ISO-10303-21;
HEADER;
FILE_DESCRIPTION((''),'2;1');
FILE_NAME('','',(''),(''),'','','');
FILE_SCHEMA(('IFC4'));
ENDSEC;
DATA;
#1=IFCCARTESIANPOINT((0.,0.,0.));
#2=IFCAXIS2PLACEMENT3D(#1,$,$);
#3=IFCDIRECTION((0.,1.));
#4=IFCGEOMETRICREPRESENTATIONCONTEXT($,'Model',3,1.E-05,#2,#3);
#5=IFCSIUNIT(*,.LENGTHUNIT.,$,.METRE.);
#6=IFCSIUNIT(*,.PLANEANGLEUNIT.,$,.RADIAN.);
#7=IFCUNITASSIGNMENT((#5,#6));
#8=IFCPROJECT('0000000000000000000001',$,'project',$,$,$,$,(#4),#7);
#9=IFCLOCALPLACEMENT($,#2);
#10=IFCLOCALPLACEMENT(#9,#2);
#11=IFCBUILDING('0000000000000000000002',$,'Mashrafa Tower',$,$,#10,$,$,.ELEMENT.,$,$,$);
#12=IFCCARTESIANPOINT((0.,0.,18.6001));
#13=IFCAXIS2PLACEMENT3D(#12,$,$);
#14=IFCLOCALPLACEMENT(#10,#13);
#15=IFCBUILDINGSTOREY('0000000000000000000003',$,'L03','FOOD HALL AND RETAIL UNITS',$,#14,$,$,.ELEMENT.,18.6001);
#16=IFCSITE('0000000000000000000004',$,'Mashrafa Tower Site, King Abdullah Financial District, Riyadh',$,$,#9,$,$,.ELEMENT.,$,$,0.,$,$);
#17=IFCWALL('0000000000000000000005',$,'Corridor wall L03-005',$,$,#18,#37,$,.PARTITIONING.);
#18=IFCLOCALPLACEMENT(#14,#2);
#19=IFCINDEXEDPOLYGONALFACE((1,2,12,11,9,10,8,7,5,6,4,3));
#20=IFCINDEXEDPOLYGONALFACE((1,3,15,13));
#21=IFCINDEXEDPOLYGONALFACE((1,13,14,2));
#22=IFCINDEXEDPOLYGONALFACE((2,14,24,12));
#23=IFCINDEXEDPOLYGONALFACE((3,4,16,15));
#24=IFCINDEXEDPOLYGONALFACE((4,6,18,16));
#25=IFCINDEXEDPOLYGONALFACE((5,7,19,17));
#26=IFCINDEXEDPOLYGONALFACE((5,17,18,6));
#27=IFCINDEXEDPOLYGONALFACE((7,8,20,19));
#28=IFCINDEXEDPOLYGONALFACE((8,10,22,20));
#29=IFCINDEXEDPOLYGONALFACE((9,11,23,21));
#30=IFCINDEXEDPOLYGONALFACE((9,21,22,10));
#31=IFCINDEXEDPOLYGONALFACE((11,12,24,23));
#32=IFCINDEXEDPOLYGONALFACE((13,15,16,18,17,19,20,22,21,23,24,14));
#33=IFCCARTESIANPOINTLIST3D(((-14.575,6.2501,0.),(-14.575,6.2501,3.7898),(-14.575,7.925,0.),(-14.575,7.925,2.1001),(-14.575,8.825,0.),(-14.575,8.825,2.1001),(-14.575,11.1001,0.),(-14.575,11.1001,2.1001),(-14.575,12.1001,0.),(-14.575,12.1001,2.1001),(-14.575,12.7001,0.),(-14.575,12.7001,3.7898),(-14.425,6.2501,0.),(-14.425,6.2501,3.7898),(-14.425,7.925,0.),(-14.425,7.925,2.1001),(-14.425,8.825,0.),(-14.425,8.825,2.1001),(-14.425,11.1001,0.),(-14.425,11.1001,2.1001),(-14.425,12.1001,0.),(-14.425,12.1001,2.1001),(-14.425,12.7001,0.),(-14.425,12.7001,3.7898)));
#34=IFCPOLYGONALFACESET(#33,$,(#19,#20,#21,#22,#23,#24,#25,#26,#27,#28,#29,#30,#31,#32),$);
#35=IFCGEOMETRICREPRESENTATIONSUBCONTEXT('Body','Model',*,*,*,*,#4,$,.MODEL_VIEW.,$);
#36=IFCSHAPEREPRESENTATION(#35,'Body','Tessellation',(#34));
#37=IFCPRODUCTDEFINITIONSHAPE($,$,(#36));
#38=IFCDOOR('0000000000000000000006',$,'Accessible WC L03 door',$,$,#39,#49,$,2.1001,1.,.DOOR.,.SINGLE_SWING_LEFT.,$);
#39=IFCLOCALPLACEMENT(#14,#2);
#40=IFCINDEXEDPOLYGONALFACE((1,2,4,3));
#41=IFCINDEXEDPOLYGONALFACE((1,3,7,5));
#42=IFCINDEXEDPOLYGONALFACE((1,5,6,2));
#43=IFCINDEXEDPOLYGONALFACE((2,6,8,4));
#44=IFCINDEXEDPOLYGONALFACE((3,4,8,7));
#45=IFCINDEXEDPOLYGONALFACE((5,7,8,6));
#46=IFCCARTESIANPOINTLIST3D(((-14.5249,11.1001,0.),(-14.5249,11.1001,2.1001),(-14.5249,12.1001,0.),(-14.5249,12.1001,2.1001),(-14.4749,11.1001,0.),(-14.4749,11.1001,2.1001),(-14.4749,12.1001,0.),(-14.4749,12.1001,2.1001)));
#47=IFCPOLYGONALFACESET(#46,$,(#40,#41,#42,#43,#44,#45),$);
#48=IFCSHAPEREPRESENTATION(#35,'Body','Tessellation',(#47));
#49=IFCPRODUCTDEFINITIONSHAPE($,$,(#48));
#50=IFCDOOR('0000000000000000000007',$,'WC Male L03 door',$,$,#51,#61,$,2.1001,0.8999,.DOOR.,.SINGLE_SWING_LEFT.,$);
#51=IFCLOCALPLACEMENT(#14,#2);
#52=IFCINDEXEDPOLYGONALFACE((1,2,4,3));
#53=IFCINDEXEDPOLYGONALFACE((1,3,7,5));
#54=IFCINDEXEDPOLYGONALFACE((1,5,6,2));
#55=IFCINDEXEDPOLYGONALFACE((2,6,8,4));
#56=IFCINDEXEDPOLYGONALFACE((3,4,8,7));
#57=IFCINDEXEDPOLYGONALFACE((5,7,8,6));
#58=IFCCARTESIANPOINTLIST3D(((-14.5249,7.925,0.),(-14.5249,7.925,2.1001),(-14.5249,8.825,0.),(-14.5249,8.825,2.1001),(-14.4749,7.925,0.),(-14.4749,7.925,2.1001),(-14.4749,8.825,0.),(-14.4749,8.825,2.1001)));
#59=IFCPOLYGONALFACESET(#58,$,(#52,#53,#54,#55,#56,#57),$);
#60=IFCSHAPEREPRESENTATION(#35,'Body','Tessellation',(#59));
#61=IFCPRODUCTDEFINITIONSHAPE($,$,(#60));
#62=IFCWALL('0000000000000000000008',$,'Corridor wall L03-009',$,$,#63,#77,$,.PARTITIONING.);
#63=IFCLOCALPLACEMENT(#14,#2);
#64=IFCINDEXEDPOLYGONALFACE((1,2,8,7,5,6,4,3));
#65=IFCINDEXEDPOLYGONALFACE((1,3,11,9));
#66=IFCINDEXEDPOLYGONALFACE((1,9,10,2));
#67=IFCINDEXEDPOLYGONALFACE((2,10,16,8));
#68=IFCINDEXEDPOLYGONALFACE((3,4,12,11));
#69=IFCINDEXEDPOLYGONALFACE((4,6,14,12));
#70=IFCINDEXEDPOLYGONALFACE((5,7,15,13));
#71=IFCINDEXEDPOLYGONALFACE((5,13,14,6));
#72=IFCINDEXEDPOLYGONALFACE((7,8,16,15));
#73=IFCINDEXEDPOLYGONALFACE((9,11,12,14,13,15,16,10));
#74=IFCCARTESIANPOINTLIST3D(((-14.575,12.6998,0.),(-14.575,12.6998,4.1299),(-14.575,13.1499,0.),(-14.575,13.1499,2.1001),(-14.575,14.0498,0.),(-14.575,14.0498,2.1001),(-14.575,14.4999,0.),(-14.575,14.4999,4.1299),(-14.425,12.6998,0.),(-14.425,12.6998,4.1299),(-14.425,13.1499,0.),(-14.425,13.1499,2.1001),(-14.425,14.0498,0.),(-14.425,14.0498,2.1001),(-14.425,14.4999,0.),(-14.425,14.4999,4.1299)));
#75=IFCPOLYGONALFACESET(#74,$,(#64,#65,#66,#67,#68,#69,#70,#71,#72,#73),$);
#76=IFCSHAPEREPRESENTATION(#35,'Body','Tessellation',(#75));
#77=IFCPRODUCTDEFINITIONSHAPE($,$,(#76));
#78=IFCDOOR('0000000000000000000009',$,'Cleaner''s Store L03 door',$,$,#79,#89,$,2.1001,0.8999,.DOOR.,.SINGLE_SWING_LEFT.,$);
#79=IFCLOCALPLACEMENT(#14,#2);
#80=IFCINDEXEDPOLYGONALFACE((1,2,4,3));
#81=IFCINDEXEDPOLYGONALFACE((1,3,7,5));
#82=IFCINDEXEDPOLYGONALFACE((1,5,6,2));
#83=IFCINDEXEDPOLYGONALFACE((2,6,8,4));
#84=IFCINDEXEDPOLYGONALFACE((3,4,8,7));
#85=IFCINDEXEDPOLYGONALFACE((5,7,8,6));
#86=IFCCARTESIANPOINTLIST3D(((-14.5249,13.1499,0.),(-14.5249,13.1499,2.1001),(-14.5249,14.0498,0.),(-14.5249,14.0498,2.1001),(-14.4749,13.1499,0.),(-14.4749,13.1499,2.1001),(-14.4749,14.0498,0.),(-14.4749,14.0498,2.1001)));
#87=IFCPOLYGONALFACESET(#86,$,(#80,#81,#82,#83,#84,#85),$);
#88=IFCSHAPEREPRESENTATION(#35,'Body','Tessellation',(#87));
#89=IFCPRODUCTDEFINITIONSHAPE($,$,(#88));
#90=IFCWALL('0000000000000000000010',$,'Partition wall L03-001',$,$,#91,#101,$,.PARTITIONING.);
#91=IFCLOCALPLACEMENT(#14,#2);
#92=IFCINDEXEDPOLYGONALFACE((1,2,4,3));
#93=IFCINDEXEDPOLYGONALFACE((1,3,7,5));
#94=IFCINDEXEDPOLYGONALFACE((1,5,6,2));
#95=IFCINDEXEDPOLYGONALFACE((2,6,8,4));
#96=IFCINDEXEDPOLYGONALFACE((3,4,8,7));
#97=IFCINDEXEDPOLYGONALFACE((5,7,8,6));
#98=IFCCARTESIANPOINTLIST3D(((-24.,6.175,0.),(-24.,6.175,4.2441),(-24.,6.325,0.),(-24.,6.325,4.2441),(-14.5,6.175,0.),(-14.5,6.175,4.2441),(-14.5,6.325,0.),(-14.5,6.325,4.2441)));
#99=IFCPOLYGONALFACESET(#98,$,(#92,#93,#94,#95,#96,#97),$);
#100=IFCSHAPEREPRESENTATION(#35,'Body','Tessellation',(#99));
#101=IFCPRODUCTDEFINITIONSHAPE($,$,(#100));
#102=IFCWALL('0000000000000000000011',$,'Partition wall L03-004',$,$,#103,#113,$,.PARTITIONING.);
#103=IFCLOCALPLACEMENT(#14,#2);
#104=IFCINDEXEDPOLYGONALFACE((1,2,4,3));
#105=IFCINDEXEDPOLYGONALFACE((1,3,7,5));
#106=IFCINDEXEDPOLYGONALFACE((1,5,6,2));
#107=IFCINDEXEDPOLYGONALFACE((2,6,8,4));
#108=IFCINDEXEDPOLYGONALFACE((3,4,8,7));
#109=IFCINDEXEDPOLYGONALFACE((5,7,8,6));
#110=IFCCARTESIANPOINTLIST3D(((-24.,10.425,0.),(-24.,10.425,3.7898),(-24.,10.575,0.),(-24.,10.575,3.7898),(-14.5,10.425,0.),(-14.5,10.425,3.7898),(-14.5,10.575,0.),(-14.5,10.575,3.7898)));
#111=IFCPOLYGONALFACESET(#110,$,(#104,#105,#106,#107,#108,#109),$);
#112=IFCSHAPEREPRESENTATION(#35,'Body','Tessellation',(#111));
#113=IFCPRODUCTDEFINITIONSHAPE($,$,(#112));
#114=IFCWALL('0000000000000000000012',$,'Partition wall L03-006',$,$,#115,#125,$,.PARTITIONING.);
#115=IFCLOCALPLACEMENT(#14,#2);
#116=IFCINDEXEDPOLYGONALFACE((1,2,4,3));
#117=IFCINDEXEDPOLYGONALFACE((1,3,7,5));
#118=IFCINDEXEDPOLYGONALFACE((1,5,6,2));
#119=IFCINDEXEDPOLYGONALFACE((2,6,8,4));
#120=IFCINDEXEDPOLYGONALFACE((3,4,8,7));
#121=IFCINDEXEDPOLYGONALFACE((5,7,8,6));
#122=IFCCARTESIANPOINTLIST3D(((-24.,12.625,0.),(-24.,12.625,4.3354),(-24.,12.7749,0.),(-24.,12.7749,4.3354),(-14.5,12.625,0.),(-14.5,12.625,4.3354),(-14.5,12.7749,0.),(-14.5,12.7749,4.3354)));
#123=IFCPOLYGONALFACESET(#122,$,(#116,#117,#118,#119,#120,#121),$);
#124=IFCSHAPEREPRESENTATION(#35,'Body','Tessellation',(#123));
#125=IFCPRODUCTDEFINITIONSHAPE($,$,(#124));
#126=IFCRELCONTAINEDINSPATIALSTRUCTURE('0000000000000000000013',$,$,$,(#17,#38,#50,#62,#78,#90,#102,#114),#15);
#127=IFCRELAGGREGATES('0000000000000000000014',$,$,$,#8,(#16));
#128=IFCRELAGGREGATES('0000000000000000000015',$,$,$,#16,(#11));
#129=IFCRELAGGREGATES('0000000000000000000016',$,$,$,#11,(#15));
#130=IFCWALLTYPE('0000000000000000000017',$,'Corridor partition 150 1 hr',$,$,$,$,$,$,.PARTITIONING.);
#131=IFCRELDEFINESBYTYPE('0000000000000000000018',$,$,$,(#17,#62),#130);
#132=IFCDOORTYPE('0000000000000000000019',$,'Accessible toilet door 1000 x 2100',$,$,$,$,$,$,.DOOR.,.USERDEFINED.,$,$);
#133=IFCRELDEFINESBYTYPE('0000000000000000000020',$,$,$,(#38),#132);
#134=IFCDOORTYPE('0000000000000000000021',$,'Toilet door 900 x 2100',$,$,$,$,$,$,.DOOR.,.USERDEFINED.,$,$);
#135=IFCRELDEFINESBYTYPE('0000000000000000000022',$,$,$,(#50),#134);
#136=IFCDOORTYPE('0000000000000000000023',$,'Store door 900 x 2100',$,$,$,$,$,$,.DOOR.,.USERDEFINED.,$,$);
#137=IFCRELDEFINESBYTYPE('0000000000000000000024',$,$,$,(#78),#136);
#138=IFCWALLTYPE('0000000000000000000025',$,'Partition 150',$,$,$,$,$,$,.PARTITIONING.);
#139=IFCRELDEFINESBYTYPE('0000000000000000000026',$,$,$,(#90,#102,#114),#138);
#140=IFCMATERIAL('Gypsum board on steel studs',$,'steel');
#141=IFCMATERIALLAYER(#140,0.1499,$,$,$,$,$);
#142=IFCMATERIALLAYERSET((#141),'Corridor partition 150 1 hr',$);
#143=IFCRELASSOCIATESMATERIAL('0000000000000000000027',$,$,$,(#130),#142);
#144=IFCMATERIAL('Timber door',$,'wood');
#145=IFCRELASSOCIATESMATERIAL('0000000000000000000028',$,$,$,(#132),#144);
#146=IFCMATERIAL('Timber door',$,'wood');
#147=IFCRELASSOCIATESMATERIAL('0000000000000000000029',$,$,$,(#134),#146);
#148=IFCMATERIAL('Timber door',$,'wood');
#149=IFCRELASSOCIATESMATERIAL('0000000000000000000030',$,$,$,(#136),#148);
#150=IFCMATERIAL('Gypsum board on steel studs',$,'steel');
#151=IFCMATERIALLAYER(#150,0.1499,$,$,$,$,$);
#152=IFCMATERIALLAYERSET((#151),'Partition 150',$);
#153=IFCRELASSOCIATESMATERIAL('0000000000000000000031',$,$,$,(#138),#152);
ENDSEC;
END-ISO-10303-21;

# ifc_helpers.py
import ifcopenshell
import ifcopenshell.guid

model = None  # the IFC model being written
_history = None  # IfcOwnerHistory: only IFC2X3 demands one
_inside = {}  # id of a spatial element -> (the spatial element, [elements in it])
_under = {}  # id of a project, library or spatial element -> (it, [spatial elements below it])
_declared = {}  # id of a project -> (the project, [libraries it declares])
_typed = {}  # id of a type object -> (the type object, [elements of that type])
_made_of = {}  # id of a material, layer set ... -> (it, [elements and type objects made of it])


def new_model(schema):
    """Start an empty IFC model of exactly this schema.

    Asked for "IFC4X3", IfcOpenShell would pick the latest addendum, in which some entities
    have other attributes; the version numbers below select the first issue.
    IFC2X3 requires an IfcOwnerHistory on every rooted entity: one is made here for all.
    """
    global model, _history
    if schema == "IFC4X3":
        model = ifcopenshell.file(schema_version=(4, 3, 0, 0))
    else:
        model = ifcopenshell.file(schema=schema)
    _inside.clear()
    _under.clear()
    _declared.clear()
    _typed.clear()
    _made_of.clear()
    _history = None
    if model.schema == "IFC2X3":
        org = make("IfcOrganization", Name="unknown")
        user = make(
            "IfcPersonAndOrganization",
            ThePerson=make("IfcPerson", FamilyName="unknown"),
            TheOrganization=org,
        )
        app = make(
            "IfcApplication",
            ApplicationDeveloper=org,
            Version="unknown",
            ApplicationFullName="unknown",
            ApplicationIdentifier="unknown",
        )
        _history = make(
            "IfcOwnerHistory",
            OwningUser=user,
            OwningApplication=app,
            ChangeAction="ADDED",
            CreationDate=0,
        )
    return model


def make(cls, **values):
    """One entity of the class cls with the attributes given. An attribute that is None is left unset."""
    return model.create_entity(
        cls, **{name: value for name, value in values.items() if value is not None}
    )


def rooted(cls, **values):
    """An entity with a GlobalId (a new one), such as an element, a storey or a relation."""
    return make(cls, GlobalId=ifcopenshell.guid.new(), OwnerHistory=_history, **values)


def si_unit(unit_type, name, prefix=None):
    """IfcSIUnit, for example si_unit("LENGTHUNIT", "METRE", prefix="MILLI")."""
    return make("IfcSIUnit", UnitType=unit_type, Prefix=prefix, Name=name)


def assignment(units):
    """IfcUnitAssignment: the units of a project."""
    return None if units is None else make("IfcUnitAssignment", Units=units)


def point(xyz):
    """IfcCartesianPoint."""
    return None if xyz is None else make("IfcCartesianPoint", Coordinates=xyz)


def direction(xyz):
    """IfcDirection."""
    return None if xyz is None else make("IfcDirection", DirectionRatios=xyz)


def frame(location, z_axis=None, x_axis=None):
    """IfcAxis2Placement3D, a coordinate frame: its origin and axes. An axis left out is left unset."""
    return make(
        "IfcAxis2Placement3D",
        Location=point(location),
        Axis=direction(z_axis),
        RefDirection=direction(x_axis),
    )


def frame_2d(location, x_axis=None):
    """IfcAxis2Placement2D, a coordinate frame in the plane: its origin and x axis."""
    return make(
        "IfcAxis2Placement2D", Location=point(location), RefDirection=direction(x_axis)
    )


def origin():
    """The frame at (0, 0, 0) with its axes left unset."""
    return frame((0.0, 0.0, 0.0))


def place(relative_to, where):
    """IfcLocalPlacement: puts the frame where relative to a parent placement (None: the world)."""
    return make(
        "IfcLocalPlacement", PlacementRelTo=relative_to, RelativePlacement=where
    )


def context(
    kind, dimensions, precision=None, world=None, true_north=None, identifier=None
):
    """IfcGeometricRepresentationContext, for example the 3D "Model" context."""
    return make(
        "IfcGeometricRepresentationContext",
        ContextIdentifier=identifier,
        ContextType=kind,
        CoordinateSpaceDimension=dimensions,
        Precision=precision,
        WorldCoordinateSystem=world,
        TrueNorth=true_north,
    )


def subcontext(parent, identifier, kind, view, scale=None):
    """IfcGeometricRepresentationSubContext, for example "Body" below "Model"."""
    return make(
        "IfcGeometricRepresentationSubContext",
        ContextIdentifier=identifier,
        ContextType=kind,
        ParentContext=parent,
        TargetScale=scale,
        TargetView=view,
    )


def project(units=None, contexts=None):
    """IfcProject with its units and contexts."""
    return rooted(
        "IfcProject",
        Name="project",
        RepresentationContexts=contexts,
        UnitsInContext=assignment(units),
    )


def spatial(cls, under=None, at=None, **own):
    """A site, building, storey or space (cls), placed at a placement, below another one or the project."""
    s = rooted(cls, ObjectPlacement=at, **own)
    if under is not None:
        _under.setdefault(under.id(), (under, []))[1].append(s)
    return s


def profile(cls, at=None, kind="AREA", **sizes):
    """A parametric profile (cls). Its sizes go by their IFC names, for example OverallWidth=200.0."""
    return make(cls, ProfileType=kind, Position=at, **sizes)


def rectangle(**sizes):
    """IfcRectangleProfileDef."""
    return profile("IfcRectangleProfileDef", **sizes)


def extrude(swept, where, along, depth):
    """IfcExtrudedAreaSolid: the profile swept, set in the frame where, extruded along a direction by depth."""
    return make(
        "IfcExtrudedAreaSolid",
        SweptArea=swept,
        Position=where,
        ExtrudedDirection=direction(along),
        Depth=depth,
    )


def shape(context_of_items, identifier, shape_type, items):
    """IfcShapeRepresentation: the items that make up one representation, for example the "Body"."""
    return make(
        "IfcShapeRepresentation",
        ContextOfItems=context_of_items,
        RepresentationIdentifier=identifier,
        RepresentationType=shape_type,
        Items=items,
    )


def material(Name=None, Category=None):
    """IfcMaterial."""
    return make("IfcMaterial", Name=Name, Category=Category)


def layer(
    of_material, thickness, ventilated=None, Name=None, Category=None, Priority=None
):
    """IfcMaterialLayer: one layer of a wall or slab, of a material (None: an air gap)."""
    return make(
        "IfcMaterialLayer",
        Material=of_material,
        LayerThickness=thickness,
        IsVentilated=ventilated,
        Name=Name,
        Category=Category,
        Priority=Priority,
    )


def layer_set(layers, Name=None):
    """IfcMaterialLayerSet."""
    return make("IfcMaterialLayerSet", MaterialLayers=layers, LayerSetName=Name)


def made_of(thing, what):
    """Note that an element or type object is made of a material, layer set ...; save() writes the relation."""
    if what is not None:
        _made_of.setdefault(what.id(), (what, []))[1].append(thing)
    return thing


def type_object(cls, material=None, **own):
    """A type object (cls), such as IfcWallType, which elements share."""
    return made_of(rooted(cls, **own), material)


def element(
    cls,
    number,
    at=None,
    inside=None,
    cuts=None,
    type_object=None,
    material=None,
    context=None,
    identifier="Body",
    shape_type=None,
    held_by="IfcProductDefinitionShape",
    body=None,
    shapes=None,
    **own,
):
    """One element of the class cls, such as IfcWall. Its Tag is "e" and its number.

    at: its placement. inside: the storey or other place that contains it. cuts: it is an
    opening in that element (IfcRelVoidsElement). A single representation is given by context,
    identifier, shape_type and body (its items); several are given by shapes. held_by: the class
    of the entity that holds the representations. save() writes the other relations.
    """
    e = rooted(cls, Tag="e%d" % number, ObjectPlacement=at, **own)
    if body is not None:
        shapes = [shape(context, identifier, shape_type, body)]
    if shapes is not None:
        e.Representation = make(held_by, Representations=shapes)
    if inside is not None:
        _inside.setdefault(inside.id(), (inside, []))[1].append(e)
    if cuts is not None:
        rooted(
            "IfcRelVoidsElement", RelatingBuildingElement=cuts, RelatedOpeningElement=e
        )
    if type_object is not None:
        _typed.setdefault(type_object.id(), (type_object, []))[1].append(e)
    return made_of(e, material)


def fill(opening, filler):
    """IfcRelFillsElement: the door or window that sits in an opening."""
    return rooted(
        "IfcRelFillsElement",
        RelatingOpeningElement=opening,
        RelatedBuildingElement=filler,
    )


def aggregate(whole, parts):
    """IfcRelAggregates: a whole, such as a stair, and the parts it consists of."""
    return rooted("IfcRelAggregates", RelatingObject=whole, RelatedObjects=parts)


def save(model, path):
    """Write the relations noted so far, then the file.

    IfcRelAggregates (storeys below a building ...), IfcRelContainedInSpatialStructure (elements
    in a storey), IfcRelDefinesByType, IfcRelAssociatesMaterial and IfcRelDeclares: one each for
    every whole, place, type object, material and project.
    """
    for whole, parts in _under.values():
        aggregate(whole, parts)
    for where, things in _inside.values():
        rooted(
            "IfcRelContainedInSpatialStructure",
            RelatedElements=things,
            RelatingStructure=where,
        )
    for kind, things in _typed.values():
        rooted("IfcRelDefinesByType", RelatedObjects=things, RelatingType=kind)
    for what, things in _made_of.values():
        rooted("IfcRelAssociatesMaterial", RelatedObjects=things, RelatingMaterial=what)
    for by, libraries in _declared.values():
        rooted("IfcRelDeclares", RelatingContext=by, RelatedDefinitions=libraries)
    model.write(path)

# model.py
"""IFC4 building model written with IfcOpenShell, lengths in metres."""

from ifc_helpers import new_model, si_unit, direction, frame, frame_2d, origin, place, context, subcontext, project, spatial, rectangle, extrude, material, layer, layer_set, type_object, element, fill, save


model = new_model("IFC4")

# Units and contexts
model_context = context("Model", 3, precision=1e-05, world=origin(), true_north=direction((0.0, 1.0)))
body_context = subcontext(model_context, "Body", "Model", "MODEL_VIEW")
ifc_project = project(units=[si_unit("LENGTHUNIT", "METRE"), si_unit("PLANEANGLEUNIT", "RADIAN")], contexts=[model_context])

# Site, building, storey
site_placement = place(None, origin())
site = spatial("IfcSite", under=ifc_project, at=site_placement, Name="Mashrafa Tower Site, King Abdullah Financial District, Riyadh", CompositionType="ELEMENT", RefElevation=0.0)
building_placement = place(site_placement, origin())
building = spatial("IfcBuilding", under=site, at=building_placement, Name="Mashrafa Tower", CompositionType="ELEMENT")
storey_placement = place(building_placement, frame((0.0, 0.0, 18.6001)))
storey = spatial("IfcBuildingStorey", under=building, at=storey_placement, Name="L03", Description="FOOD HALL AND RETAIL UNITS", CompositionType="ELEMENT", Elevation=18.6001)

# Wall, openings, doors
ifc_material_1 = material(Name="Gypsum board on steel studs", Category="steel")
ifc_layer_1 = layer(ifc_material_1, 0.1499)
ifc_layer_set_1 = layer_set([ifc_layer_1], Name="Corridor partition 150 1 hr")
wall_type_1 = type_object("IfcWallType", Name="Corridor partition 150 1 hr", PredefinedType="PARTITIONING", material=ifc_layer_set_1)
wall_1_placement = place(storey_placement, frame((-14.5, 6.25, 0.0), z_axis=(0.0, 0.0, 1.0), x_axis=(0.0, 1.0, 0.0)))
wall_1 = element("IfcWall", 1, at=wall_1_placement, inside=storey, type_object=wall_type_1, Name="Corridor wall L03-005", PredefinedType="PARTITIONING", context=body_context, shape_type="SweptSolid", body=[
    extrude(rectangle(XDim=6.45, YDim=0.1499, at=frame_2d((3.2251, 0.0))), origin(), (0.0, 0.0, 1.0), 3.7898),
])
opening_1_placement = place(wall_1_placement, frame((1.675, 0.0, 0.0)))
opening_1 = element("IfcOpeningElement", 2, at=opening_1_placement, cuts=wall_1, PredefinedType="OPENING", context=body_context, shape_type="SweptSolid", body=[
    extrude(rectangle(XDim=0.8999, YDim=2.1001, at=frame_2d((0.45, 1.05))), frame((0.0, 0.085, 0.0), z_axis=(0.0, -1.0, 0.0), x_axis=(1.0, 0.0, 0.0)), (0.0, 0.0, 1.0), 0.1699),
])
opening_2_placement = place(wall_1_placement, frame((4.8501, 0.0, 0.0)))
opening_2 = element("IfcOpeningElement", 3, at=opening_2_placement, cuts=wall_1, PredefinedType="OPENING", context=body_context, shape_type="SweptSolid", body=[
    extrude(rectangle(XDim=1.0, YDim=2.1001, at=frame_2d((0.5, 1.05))), frame((0.0, 0.085, 0.0), z_axis=(0.0, -1.0, 0.0), x_axis=(1.0, 0.0, 0.0)), (0.0, 0.0, 1.0), 0.1699),
])
ifc_material_2 = material(Name="Timber door", Category="wood")
door_type_1 = type_object("IfcDoorType", Name="Accessible toilet door 1000 x 2100", OperationType="USERDEFINED", PredefinedType="DOOR", material=ifc_material_2)
door_1_placement = place(opening_2_placement, origin())
door_1 = element("IfcDoor", 4, at=door_1_placement, inside=storey, type_object=door_type_1, Name="Accessible WC L03 door", OperationType="SINGLE_SWING_LEFT", OverallHeight=2.1001, OverallWidth=1.0, PredefinedType="DOOR", context=body_context, shape_type="SweptSolid", body=[
    extrude(rectangle(XDim=1.0, YDim=2.1001, at=frame_2d((0.5, 1.05))), frame((0.0, 0.0249, 0.0), z_axis=(0.0, -1.0, 0.0), x_axis=(1.0, 0.0, 0.0)), (0.0, 0.0, 1.0), 0.05),
])
fill(opening_2, door_1)
ifc_material_3 = material(Name="Timber door", Category="wood")
door_type_2 = type_object("IfcDoorType", Name="Toilet door 900 x 2100", OperationType="USERDEFINED", PredefinedType="DOOR", material=ifc_material_3)
door_2_placement = place(opening_1_placement, origin())
door_2 = element("IfcDoor", 5, at=door_2_placement, inside=storey, type_object=door_type_2, Name="WC Male L03 door", OperationType="SINGLE_SWING_LEFT", OverallHeight=2.1001, OverallWidth=0.8999, PredefinedType="DOOR", context=body_context, shape_type="SweptSolid", body=[
    extrude(rectangle(XDim=0.8999, YDim=2.1001, at=frame_2d((0.45, 1.05))), frame((0.0, 0.0249, 0.0), z_axis=(0.0, -1.0, 0.0), x_axis=(1.0, 0.0, 0.0)), (0.0, 0.0, 1.0), 0.05),
])
fill(opening_1, door_2)

# Wall, opening, door
wall_2_placement = place(storey_placement, frame((-14.5, 12.7, 0.0), z_axis=(0.0, 0.0, 1.0), x_axis=(0.0, 1.0, 0.0)))
wall_2 = element("IfcWall", 6, at=wall_2_placement, inside=storey, type_object=wall_type_1, Name="Corridor wall L03-009", PredefinedType="PARTITIONING", context=body_context, shape_type="SweptSolid", body=[
    extrude(rectangle(XDim=1.8, YDim=0.1499, at=frame_2d((0.8999, 0.0))), origin(), (0.0, 0.0, 1.0), 4.1299),
])
opening_3_placement = place(wall_2_placement, frame((0.45, 0.0, 0.0)))
opening_3 = element("IfcOpeningElement", 7, at=opening_3_placement, cuts=wall_2, PredefinedType="OPENING", context=body_context, shape_type="SweptSolid", body=[
    extrude(rectangle(XDim=0.8999, YDim=2.1001, at=frame_2d((0.45, 1.05))), frame((0.0, 0.085, 0.0), z_axis=(0.0, -1.0, 0.0), x_axis=(1.0, 0.0, 0.0)), (0.0, 0.0, 1.0), 0.1699),
])
ifc_material_4 = material(Name="Timber door", Category="wood")
door_type_3 = type_object("IfcDoorType", Name="Store door 900 x 2100", OperationType="USERDEFINED", PredefinedType="DOOR", material=ifc_material_4)
door_3_placement = place(opening_3_placement, origin())
door_3 = element("IfcDoor", 8, at=door_3_placement, inside=storey, type_object=door_type_3, Name="Cleaner's Store L03 door", OperationType="SINGLE_SWING_LEFT", OverallHeight=2.1001, OverallWidth=0.8999, PredefinedType="DOOR", context=body_context, shape_type="SweptSolid", body=[
    extrude(rectangle(XDim=0.8999, YDim=2.1001, at=frame_2d((0.45, 1.05))), frame((0.0, 0.0249, 0.0), z_axis=(0.0, -1.0, 0.0), x_axis=(1.0, 0.0, 0.0)), (0.0, 0.0, 1.0), 0.05),
])
fill(opening_3, door_3)

# Walls
ifc_material_5 = material(Name="Gypsum board on steel studs", Category="steel")
ifc_layer_2 = layer(ifc_material_5, 0.1499)
ifc_layer_set_2 = layer_set([ifc_layer_2], Name="Partition 150")
wall_type_2 = type_object("IfcWallType", Name="Partition 150", PredefinedType="PARTITIONING", material=ifc_layer_set_2)
wall_3_placement = place(storey_placement, frame((-14.5, 6.25, 0.0), z_axis=(0.0, 0.0, 1.0), x_axis=(-1.0, 0.0, 0.0)))
element("IfcWall", 9, at=wall_3_placement, inside=storey, type_object=wall_type_2, Name="Partition wall L03-001", PredefinedType="PARTITIONING", context=body_context, shape_type="SweptSolid", body=[
    extrude(rectangle(XDim=9.5, YDim=0.1499, at=frame_2d((4.75, 0.0))), origin(), (0.0, 0.0, 1.0), 4.2441),
])
wall_4_placement = place(storey_placement, frame((-14.5, 10.5, 0.0), z_axis=(0.0, 0.0, 1.0), x_axis=(-1.0, 0.0, 0.0)))
element("IfcWall", 10, at=wall_4_placement, inside=storey, type_object=wall_type_2, Name="Partition wall L03-004", PredefinedType="PARTITIONING", context=body_context, shape_type="SweptSolid", body=[
    extrude(rectangle(XDim=9.5, YDim=0.1499, at=frame_2d((4.75, 0.0))), origin(), (0.0, 0.0, 1.0), 3.7898),
])
wall_5_placement = place(storey_placement, frame((-14.5, 12.7, 0.0), z_axis=(0.0, 0.0, 1.0), x_axis=(-1.0, 0.0, 0.0)))
element("IfcWall", 11, at=wall_5_placement, inside=storey, type_object=wall_type_2, Name="Partition wall L03-006", PredefinedType="PARTITIONING", context=body_context, shape_type="SweptSolid", body=[
    extrude(rectangle(XDim=9.5, YDim=0.1499, at=frame_2d((4.75, 0.0))), origin(), (0.0, 0.0, 1.0), 4.3354),
])

save(model, "model.ifc")
